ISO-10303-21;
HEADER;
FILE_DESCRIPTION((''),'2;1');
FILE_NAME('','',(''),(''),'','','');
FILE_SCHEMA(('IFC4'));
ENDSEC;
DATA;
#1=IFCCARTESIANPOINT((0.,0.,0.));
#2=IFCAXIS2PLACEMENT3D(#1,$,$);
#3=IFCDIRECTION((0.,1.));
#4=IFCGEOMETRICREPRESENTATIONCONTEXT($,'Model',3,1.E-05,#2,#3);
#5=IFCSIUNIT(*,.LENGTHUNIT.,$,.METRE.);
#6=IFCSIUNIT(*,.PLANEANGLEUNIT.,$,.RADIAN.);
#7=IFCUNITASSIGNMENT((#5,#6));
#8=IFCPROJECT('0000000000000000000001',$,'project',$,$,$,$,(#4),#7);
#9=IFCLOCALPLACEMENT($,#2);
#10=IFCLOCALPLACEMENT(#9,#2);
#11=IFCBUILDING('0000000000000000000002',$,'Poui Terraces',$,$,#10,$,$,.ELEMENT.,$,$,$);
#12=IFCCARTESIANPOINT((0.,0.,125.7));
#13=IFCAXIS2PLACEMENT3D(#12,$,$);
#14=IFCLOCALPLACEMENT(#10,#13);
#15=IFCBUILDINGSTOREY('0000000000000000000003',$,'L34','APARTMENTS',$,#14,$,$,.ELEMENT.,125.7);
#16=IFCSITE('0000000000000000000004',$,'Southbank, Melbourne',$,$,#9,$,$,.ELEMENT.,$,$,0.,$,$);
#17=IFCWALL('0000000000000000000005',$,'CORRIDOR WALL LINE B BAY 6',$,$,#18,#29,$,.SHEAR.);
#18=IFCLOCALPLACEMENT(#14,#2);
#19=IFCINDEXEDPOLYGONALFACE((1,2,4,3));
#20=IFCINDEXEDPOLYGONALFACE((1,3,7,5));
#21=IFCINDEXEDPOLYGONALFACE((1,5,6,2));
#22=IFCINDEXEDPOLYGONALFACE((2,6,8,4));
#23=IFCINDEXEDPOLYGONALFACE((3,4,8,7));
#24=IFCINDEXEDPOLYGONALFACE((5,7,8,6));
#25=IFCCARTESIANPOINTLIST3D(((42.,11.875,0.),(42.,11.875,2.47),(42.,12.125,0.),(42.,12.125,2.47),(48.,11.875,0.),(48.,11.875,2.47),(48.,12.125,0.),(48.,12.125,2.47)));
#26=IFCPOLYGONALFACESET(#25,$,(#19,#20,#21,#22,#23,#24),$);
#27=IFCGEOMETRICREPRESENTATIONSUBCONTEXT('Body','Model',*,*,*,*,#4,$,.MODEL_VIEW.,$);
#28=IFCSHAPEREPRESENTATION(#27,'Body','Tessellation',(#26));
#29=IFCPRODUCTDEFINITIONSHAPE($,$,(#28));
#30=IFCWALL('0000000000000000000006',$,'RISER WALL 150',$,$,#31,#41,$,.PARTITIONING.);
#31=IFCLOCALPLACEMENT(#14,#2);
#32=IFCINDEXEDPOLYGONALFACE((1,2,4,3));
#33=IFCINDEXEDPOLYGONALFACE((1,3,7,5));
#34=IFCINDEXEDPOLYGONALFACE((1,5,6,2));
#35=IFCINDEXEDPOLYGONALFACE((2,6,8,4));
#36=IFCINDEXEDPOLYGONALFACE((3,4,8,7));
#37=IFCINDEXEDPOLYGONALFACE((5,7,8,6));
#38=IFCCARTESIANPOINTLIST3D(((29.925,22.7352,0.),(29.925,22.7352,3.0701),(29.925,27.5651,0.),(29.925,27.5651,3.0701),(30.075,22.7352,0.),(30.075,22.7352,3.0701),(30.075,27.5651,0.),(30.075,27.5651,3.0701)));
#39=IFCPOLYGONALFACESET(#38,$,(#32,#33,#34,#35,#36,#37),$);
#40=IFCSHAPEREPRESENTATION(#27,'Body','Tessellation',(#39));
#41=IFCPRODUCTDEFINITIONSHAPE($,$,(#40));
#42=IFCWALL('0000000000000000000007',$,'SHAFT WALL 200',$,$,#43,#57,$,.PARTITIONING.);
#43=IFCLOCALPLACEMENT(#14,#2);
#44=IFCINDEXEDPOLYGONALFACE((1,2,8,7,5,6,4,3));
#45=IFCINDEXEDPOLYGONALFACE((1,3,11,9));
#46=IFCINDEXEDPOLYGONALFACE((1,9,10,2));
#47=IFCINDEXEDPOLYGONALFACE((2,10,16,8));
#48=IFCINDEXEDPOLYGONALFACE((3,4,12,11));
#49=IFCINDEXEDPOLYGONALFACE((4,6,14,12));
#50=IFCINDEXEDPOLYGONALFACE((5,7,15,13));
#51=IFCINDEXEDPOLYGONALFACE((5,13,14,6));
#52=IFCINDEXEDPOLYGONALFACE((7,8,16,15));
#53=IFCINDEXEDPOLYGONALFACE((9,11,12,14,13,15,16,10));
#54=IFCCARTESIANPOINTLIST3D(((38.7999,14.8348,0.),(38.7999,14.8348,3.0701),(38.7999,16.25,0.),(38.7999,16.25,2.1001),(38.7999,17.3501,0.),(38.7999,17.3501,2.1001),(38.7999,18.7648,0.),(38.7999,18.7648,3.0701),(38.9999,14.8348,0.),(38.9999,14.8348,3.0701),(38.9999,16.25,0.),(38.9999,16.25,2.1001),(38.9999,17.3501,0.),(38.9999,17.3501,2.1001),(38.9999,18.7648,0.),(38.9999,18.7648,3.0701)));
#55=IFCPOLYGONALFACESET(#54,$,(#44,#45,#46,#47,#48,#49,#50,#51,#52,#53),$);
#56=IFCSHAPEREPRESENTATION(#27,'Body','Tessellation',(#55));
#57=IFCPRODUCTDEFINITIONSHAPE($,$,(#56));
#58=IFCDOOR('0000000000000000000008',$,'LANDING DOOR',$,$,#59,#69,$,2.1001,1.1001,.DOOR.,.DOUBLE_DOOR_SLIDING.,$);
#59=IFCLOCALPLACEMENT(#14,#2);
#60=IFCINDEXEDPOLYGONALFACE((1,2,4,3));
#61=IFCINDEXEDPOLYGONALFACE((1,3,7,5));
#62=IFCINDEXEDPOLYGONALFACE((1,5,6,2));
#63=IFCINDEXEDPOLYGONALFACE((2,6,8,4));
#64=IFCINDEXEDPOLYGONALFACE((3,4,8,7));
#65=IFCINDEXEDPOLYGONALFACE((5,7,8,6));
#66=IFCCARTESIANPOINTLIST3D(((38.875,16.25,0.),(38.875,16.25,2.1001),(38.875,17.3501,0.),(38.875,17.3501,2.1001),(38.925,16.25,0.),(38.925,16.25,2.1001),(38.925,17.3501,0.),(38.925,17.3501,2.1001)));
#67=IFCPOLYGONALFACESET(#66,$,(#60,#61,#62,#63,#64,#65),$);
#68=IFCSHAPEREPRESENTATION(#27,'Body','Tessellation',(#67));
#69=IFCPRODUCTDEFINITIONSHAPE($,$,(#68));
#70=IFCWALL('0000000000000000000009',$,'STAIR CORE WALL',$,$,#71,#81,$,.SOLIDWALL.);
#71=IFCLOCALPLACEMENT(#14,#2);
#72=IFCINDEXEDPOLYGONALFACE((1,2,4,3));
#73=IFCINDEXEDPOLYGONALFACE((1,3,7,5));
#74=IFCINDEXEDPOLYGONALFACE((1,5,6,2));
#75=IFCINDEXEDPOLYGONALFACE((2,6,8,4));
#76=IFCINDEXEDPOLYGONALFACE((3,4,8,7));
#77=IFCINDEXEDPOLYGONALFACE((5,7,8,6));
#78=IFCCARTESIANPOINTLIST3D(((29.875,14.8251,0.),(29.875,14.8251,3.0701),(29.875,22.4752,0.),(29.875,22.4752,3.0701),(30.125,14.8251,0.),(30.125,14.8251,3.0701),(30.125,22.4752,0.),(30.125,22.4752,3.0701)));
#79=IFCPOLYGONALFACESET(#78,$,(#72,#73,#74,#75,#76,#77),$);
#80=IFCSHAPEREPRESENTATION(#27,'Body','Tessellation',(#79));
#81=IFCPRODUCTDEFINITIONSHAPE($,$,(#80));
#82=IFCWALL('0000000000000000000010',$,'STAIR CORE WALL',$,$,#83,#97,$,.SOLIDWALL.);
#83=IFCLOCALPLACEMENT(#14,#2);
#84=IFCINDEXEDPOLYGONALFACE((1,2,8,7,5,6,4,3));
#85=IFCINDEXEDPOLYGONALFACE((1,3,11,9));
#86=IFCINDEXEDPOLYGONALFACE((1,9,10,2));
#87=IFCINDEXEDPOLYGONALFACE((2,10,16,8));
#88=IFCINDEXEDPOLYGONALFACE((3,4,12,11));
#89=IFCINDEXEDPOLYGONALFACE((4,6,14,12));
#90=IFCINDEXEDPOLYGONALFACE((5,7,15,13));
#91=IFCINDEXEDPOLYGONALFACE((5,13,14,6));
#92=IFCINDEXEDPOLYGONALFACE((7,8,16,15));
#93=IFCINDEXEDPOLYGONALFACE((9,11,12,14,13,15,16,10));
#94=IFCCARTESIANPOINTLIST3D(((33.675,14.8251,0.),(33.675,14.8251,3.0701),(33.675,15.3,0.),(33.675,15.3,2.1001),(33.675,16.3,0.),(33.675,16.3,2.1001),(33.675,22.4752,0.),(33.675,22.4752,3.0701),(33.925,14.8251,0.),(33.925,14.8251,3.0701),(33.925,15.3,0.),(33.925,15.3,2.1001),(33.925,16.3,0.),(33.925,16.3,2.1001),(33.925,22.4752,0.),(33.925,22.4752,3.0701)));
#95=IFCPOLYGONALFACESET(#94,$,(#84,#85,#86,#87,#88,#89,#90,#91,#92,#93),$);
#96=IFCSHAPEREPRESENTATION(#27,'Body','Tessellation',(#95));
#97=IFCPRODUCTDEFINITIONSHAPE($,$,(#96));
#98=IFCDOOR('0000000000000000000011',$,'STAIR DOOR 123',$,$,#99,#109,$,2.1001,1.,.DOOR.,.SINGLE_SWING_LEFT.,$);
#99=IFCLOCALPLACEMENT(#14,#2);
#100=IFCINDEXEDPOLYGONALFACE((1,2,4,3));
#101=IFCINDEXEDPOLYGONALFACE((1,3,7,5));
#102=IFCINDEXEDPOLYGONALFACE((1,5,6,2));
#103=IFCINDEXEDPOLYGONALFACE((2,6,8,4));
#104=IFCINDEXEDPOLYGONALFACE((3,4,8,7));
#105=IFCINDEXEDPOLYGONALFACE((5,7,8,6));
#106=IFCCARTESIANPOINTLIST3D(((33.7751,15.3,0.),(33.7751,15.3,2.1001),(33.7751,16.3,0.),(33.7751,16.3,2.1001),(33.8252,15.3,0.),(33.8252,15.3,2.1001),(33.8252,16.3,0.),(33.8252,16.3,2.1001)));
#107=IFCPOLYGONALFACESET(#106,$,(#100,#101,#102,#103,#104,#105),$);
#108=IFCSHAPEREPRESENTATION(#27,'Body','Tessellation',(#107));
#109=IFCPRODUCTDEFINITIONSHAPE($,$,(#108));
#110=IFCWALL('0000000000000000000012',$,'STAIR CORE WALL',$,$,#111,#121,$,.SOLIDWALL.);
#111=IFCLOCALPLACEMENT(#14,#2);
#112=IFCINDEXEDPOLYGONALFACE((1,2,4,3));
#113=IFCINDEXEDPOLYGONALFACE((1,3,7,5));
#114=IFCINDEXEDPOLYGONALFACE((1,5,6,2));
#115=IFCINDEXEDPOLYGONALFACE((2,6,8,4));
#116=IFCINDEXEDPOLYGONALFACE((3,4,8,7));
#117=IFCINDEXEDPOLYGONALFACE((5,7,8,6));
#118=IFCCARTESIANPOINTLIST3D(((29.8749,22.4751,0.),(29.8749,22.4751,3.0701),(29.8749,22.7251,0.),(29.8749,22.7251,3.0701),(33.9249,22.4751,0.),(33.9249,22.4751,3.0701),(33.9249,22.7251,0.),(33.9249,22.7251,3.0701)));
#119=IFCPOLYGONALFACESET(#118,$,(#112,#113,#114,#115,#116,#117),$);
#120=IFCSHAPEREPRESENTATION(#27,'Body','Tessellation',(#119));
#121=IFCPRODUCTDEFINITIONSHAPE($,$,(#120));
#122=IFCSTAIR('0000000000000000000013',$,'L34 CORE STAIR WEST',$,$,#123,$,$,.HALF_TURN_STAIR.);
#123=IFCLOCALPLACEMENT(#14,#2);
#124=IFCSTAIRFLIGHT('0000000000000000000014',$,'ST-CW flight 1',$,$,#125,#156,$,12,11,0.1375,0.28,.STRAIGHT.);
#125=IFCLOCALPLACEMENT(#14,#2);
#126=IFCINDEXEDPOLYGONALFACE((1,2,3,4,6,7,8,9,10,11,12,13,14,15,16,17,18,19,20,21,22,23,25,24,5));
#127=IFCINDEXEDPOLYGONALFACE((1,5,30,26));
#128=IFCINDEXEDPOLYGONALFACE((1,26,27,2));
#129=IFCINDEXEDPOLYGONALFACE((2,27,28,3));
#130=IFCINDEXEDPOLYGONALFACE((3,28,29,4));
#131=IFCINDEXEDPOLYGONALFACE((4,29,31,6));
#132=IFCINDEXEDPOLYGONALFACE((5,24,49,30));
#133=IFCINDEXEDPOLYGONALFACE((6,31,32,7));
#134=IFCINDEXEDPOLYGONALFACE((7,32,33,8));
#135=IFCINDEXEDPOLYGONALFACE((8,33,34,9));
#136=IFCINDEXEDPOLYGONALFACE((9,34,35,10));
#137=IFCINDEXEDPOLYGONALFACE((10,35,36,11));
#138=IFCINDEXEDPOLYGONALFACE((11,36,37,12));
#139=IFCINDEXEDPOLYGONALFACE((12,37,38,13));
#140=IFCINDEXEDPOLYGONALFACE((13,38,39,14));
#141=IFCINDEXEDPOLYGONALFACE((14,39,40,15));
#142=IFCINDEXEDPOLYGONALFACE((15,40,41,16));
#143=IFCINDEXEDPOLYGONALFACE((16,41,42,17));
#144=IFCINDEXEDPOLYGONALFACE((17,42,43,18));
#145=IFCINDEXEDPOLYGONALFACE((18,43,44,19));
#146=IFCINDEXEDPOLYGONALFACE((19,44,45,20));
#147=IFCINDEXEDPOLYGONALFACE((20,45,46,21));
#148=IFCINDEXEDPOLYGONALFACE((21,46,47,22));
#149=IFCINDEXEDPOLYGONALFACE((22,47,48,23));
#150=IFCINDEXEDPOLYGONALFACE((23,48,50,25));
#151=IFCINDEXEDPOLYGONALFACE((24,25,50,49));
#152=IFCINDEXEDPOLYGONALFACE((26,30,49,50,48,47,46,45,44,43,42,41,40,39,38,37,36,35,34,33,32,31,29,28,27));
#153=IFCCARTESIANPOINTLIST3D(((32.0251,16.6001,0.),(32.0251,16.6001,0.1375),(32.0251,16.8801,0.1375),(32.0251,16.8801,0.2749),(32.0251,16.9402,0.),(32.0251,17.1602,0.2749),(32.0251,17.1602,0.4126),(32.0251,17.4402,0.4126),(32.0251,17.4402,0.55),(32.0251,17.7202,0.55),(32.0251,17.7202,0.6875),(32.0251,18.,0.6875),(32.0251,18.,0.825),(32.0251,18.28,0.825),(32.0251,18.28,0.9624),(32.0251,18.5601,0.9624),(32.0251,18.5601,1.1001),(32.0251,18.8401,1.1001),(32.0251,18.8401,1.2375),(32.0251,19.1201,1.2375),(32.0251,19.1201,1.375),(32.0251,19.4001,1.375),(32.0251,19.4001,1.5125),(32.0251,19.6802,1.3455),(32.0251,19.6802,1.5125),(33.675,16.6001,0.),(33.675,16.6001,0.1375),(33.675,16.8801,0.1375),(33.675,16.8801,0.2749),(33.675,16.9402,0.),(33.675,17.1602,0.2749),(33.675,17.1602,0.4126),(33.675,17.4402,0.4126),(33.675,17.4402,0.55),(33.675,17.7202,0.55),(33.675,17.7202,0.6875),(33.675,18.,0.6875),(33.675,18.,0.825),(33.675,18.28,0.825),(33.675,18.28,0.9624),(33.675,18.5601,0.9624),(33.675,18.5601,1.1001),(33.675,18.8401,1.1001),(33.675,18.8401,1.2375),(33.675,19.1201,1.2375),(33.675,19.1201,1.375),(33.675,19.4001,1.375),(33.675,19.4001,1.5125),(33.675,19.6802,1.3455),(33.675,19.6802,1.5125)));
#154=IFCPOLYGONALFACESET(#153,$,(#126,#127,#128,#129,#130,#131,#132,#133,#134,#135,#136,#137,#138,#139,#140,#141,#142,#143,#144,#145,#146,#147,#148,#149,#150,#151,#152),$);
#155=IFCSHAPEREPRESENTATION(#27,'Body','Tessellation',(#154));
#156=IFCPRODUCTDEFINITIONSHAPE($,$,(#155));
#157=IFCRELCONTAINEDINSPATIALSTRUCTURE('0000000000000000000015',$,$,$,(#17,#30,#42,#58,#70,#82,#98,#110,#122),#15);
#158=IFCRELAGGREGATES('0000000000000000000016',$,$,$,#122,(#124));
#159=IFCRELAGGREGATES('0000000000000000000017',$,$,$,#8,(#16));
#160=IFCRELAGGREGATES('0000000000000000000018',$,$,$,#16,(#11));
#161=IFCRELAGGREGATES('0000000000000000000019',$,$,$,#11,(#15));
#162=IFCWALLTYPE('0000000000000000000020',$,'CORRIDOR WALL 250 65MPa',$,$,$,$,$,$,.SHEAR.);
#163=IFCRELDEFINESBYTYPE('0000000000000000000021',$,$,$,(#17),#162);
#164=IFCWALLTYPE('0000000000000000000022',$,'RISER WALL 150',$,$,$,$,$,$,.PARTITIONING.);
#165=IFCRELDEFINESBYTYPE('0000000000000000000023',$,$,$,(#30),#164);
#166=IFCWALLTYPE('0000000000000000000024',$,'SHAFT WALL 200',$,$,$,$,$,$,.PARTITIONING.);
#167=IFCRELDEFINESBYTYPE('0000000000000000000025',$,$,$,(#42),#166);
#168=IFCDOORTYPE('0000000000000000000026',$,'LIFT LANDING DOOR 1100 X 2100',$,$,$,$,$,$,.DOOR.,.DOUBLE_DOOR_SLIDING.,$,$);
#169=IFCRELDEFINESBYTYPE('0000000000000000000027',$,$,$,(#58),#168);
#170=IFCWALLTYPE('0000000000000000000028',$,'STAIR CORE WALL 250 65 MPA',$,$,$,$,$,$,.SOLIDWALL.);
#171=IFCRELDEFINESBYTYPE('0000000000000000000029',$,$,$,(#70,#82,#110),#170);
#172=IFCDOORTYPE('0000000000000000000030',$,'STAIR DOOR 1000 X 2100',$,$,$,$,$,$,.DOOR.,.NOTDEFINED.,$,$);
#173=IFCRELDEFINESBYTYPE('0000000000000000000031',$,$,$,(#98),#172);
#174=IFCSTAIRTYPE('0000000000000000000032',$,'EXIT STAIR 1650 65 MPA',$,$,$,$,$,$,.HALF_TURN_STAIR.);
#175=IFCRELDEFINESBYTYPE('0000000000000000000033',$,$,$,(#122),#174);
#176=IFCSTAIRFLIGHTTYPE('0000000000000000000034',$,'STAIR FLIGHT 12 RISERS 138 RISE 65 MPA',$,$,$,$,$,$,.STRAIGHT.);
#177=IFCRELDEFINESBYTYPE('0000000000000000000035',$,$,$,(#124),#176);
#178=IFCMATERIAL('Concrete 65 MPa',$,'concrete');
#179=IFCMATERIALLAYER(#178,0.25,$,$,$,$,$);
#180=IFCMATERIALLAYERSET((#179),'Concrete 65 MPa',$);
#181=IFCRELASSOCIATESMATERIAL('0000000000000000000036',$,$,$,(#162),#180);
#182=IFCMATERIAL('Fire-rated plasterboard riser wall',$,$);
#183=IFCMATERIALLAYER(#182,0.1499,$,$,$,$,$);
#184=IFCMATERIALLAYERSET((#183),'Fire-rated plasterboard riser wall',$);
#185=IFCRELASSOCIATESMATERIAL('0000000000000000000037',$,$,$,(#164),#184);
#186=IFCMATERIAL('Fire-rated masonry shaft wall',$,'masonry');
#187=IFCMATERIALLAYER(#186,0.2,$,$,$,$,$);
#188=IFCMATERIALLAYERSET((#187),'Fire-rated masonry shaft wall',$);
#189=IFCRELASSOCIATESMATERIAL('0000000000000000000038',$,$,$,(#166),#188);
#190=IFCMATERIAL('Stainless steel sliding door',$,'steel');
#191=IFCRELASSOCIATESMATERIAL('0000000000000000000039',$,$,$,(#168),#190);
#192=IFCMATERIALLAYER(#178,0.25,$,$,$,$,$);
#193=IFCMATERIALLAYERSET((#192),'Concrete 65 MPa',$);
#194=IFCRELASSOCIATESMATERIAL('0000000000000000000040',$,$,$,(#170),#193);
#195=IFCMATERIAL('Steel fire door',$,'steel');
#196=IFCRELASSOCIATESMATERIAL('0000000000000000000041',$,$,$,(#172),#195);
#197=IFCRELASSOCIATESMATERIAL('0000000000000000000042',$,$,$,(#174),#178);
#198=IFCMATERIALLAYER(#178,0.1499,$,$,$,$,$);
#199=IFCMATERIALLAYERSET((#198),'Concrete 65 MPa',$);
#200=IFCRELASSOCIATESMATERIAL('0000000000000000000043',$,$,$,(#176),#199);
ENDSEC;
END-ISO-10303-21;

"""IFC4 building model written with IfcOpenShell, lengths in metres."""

from ifc_helpers import new_model, si_unit, direction, frame, frame_2d, origin, place, context, subcontext, project, spatial, polyline, rectangle, outline, extrude, material, layer, layer_set, type_object, element, fill, aggregate, save


model = new_model("IFC4")

# Units and contexts
model_context = context("Model", 3, precision=1e-05, world=origin(), true_north=direction((0.0, 1.0)))
body_context = subcontext(model_context, "Body", "Model", "MODEL_VIEW")
ifc_project = project(units=[si_unit("LENGTHUNIT", "METRE"), si_unit("PLANEANGLEUNIT", "RADIAN")], contexts=[model_context])

# Site, building, storey
site_placement = place(None, origin())
site = spatial("IfcSite", under=ifc_project, at=site_placement, Name="Southbank, Melbourne", CompositionType="ELEMENT", RefElevation=0.0)
building_placement = place(site_placement, origin())
building = spatial("IfcBuilding", under=site, at=building_placement, Name="Poui Terraces", CompositionType="ELEMENT")
storey_placement = place(building_placement, frame((0.0, 0.0, 125.7)))
storey = spatial("IfcBuildingStorey", under=building, at=storey_placement, Name="L34", Description="APARTMENTS", CompositionType="ELEMENT", Elevation=125.7)

# Shared definitions
ifc_material_1 = material(Name="Concrete 65 MPa", Category="concrete")

# Shared definitions
ifc_material_2 = material(Name="Steel fire door", Category="steel")

# Shared definitions
ifc_layer_1 = layer(ifc_material_1, 0.25)
ifc_layer_set_1 = layer_set([ifc_layer_1], Name="Concrete 65 MPa")
wall_type_1 = type_object("IfcWallType", Name="CORRIDOR WALL 250 65MPa", PredefinedType="SHEAR", material=ifc_layer_set_1)

# Walls
wall_1_placement = place(storey_placement, frame((42.0, 12.0, 0.0), z_axis=(0.0, 0.0, 1.0), x_axis=(1.0, 0.0, 0.0)))
element("IfcWall", 1, at=wall_1_placement, inside=storey, type_object=wall_type_1, Name="CORRIDOR WALL LINE B BAY 6", PredefinedType="SHEAR", context=body_context, shape_type="SweptSolid", body=[
    extrude(rectangle(XDim=6.0, YDim=0.25, at=frame_2d((3.0, 0.0))), origin(), (0.0, 0.0, 1.0), 2.47),
])
ifc_material_3 = material(Name="Fire-rated plasterboard riser wall")
ifc_layer_2 = layer(ifc_material_3, 0.1499)
ifc_layer_set_2 = layer_set([ifc_layer_2], Name="Fire-rated plasterboard riser wall")
wall_type_2 = type_object("IfcWallType", Name="RISER WALL 150", PredefinedType="PARTITIONING", material=ifc_layer_set_2)
wall_2_placement = place(storey_placement, frame((30.0, 22.7351, 0.0), z_axis=(0.0, 0.0, 1.0), x_axis=(0.0, 1.0, 0.0)))
element("IfcWall", 2, at=wall_2_placement, inside=storey, type_object=wall_type_2, Name="RISER WALL 150", PredefinedType="PARTITIONING", context=body_context, shape_type="SweptSolid", body=[
    extrude(rectangle(XDim=4.8298, YDim=0.1499, at=frame_2d((2.415, 0.0))), origin(), (0.0, 0.0, 1.0), 3.0701),
])

# Wall, opening, door
ifc_material_4 = material(Name="Fire-rated masonry shaft wall", Category="masonry")
ifc_layer_3 = layer(ifc_material_4, 0.2)
ifc_layer_set_3 = layer_set([ifc_layer_3], Name="Fire-rated masonry shaft wall")
wall_type_3 = type_object("IfcWallType", Name="SHAFT WALL 200", PredefinedType="PARTITIONING", material=ifc_layer_set_3)
wall_3_placement = place(storey_placement, frame((38.8999, 14.835, 0.0), z_axis=(0.0, 0.0, 1.0), x_axis=(0.0, 1.0, 0.0)))
wall_3 = element("IfcWall", 3, at=wall_3_placement, inside=storey, type_object=wall_type_3, Name="SHAFT WALL 200", PredefinedType="PARTITIONING", context=body_context, shape_type="SweptSolid", body=[
    extrude(rectangle(XDim=3.9299, YDim=0.2, at=frame_2d((1.9648, 0.0))), origin(), (0.0, 0.0, 1.0), 3.0701),
])
opening_1_placement = place(wall_3_placement, frame((1.415, 0.0, 0.0)))
opening_1 = element("IfcOpeningElement", 4, at=opening_1_placement, cuts=wall_3, PredefinedType="OPENING", context=body_context, shape_type="SweptSolid", body=[
    extrude(rectangle(XDim=1.1001, YDim=2.1001, at=frame_2d((0.55, 1.05))), frame((0.0, 0.1099, 0.0), z_axis=(0.0, -1.0, 0.0), x_axis=(1.0, 0.0, 0.0)), (0.0, 0.0, 1.0), 0.22),
])
ifc_material_5 = material(Name="Stainless steel sliding door", Category="steel")
door_type_1 = type_object("IfcDoorType", Name="LIFT LANDING DOOR 1100 X 2100", OperationType="DOUBLE_DOOR_SLIDING", PredefinedType="DOOR", material=ifc_material_5)
door_1_placement = place(opening_1_placement, origin())
door_1 = element("IfcDoor", 5, at=door_1_placement, inside=storey, type_object=door_type_1, Name="LANDING DOOR", OperationType="DOUBLE_DOOR_SLIDING", OverallHeight=2.1001, OverallWidth=1.1001, PredefinedType="DOOR", context=body_context, shape_type="SweptSolid", body=[
    extrude(rectangle(XDim=1.1001, YDim=2.1001, at=frame_2d((0.55, 1.05))), frame((0.0, 0.0249, 0.0), z_axis=(0.0, -1.0, 0.0), x_axis=(1.0, 0.0, 0.0)), (0.0, 0.0, 1.0), 0.05),
])
fill(opening_1, door_1)

# Wall
ifc_layer_4 = layer(ifc_material_1, 0.25)
ifc_layer_set_4 = layer_set([ifc_layer_4], Name="Concrete 65 MPa")
wall_type_4 = type_object("IfcWallType", Name="STAIR CORE WALL 250 65 MPA", PredefinedType="SOLIDWALL", material=ifc_layer_set_4)
wall_4_placement = place(storey_placement, frame((30.0, 14.825, 0.0), z_axis=(0.0, 0.0, 1.0), x_axis=(0.0, 1.0, 0.0)))
element("IfcWall", 6, at=wall_4_placement, inside=storey, type_object=wall_type_4, Name="STAIR CORE WALL", PredefinedType="SOLIDWALL", context=body_context, shape_type="SweptSolid", body=[
    extrude(rectangle(XDim=7.6501, YDim=0.25, at=frame_2d((3.8252, 0.0))), origin(), (0.0, 0.0, 1.0), 3.0701),
])

# Wall, opening, door
wall_5_placement = place(storey_placement, frame((33.8, 14.825, 0.0), z_axis=(0.0, 0.0, 1.0), x_axis=(0.0, 1.0, 0.0)))
wall_5 = element("IfcWall", 7, at=wall_5_placement, inside=storey, type_object=wall_type_4, Name="STAIR CORE WALL", PredefinedType="SOLIDWALL", context=body_context, shape_type="SweptSolid", body=[
    extrude(rectangle(XDim=7.6501, YDim=0.25, at=frame_2d((3.8252, 0.0))), origin(), (0.0, 0.0, 1.0), 3.0701),
])
opening_2_placement = place(wall_5_placement, frame((0.4751, 0.0, 0.0)))
opening_2 = element("IfcOpeningElement", 8, at=opening_2_placement, cuts=wall_5, PredefinedType="OPENING", context=body_context, shape_type="SweptSolid", body=[
    extrude(rectangle(XDim=1.0, YDim=2.1001, at=frame_2d((0.5, 1.05))), frame((0.0, 0.135, 0.0), z_axis=(0.0, -1.0, 0.0), x_axis=(1.0, 0.0, 0.0)), (0.0, 0.0, 1.0), 0.27),
])
door_type_2 = type_object("IfcDoorType", Name="STAIR DOOR 1000 X 2100", OperationType="NOTDEFINED", PredefinedType="DOOR", material=ifc_material_2)
door_2_placement = place(opening_2_placement, origin())
door_2 = element("IfcDoor", 9, at=door_2_placement, inside=storey, type_object=door_type_2, Name="STAIR DOOR 123", OperationType="SINGLE_SWING_LEFT", OverallHeight=2.1001, OverallWidth=1.0, PredefinedType="DOOR", context=body_context, shape_type="SweptSolid", body=[
    extrude(rectangle(XDim=1.0, YDim=2.1001, at=frame_2d((0.5, 1.05))), frame((0.0, 0.0249, 0.0), z_axis=(0.0, -1.0, 0.0), x_axis=(1.0, 0.0, 0.0)), (0.0, 0.0, 1.0), 0.05),
])
fill(opening_2, door_2)

# Wall
wall_6_placement = place(storey_placement, frame((29.875, 22.6001, 0.0), z_axis=(0.0, 0.0, 1.0), x_axis=(1.0, 0.0, 0.0)))
element("IfcWall", 10, at=wall_6_placement, inside=storey, type_object=wall_type_4, Name="STAIR CORE WALL", PredefinedType="SOLIDWALL", context=body_context, shape_type="SweptSolid", body=[
    extrude(rectangle(XDim=4.05, YDim=0.25, at=frame_2d((2.0249, 0.0))), origin(), (0.0, 0.0, 1.0), 3.0701),
])

# Stair, stair flight
stair_type = type_object("IfcStairType", Name="EXIT STAIR 1650 65 MPA", PredefinedType="HALF_TURN_STAIR", material=ifc_material_1)
stair_placement = place(storey_placement, origin())
stair = element("IfcStair", 11, at=stair_placement, inside=storey, type_object=stair_type, Name="L34 CORE STAIR WEST", PredefinedType="HALF_TURN_STAIR")
ifc_layer_5 = layer(ifc_material_1, 0.1499)
ifc_layer_set_5 = layer_set([ifc_layer_5], Name="Concrete 65 MPa")
stair_flight_type = type_object("IfcStairFlightType", Name="STAIR FLIGHT 12 RISERS 138 RISE 65 MPA", PredefinedType="STRAIGHT", material=ifc_layer_set_5)
stair_flight_1_placement = place(storey_placement, frame((32.8501, 16.6001, 0.0), z_axis=(0.0, 0.0, 1.0), x_axis=(0.0, 1.0, 0.0)))
stair_flight_1 = element("IfcStairFlight", 12, at=stair_flight_1_placement, type_object=stair_flight_type, Name="ST-CW flight 1", NumberOfRisers=12, NumberOfTreads=11, PredefinedType="STRAIGHT", RiserHeight=0.1375, TreadLength=0.28, context=body_context, shape_type="SweptSolid", body=[
    extrude(outline(polyline([(0.0, 0.0), (0.0, 0.1375), (0.28, 0.1375), (0.28, 0.2749), (0.5601, 0.2749), (0.5601, 0.4126), (0.8401, 0.4126), (0.8401, 0.55), (1.1201, 0.55), (1.1201, 0.6875), (1.3999, 0.6875), (1.3999, 0.825), (1.6799, 0.825), (1.6799, 0.9624), (1.96, 0.9624), (1.96, 1.1001), (2.24, 1.1001), (2.24, 1.2375), (2.52, 1.2375), (2.52, 1.375), (2.8, 1.375), (2.8, 1.5125), (3.0801, 1.5125), (3.0801, 1.6499), (3.0801, 1.3455), (0.3401, 0.0), (0.0, 0.0)])), frame((0.0, 0.825, 0.0), z_axis=(0.0, -1.0, 0.0), x_axis=(1.0, 0.0, 0.0)), (0.0, 0.0, 1.0), 1.6499),
])
aggregate(stair, [stair_flight_1])

save(model, "model.ifc")
